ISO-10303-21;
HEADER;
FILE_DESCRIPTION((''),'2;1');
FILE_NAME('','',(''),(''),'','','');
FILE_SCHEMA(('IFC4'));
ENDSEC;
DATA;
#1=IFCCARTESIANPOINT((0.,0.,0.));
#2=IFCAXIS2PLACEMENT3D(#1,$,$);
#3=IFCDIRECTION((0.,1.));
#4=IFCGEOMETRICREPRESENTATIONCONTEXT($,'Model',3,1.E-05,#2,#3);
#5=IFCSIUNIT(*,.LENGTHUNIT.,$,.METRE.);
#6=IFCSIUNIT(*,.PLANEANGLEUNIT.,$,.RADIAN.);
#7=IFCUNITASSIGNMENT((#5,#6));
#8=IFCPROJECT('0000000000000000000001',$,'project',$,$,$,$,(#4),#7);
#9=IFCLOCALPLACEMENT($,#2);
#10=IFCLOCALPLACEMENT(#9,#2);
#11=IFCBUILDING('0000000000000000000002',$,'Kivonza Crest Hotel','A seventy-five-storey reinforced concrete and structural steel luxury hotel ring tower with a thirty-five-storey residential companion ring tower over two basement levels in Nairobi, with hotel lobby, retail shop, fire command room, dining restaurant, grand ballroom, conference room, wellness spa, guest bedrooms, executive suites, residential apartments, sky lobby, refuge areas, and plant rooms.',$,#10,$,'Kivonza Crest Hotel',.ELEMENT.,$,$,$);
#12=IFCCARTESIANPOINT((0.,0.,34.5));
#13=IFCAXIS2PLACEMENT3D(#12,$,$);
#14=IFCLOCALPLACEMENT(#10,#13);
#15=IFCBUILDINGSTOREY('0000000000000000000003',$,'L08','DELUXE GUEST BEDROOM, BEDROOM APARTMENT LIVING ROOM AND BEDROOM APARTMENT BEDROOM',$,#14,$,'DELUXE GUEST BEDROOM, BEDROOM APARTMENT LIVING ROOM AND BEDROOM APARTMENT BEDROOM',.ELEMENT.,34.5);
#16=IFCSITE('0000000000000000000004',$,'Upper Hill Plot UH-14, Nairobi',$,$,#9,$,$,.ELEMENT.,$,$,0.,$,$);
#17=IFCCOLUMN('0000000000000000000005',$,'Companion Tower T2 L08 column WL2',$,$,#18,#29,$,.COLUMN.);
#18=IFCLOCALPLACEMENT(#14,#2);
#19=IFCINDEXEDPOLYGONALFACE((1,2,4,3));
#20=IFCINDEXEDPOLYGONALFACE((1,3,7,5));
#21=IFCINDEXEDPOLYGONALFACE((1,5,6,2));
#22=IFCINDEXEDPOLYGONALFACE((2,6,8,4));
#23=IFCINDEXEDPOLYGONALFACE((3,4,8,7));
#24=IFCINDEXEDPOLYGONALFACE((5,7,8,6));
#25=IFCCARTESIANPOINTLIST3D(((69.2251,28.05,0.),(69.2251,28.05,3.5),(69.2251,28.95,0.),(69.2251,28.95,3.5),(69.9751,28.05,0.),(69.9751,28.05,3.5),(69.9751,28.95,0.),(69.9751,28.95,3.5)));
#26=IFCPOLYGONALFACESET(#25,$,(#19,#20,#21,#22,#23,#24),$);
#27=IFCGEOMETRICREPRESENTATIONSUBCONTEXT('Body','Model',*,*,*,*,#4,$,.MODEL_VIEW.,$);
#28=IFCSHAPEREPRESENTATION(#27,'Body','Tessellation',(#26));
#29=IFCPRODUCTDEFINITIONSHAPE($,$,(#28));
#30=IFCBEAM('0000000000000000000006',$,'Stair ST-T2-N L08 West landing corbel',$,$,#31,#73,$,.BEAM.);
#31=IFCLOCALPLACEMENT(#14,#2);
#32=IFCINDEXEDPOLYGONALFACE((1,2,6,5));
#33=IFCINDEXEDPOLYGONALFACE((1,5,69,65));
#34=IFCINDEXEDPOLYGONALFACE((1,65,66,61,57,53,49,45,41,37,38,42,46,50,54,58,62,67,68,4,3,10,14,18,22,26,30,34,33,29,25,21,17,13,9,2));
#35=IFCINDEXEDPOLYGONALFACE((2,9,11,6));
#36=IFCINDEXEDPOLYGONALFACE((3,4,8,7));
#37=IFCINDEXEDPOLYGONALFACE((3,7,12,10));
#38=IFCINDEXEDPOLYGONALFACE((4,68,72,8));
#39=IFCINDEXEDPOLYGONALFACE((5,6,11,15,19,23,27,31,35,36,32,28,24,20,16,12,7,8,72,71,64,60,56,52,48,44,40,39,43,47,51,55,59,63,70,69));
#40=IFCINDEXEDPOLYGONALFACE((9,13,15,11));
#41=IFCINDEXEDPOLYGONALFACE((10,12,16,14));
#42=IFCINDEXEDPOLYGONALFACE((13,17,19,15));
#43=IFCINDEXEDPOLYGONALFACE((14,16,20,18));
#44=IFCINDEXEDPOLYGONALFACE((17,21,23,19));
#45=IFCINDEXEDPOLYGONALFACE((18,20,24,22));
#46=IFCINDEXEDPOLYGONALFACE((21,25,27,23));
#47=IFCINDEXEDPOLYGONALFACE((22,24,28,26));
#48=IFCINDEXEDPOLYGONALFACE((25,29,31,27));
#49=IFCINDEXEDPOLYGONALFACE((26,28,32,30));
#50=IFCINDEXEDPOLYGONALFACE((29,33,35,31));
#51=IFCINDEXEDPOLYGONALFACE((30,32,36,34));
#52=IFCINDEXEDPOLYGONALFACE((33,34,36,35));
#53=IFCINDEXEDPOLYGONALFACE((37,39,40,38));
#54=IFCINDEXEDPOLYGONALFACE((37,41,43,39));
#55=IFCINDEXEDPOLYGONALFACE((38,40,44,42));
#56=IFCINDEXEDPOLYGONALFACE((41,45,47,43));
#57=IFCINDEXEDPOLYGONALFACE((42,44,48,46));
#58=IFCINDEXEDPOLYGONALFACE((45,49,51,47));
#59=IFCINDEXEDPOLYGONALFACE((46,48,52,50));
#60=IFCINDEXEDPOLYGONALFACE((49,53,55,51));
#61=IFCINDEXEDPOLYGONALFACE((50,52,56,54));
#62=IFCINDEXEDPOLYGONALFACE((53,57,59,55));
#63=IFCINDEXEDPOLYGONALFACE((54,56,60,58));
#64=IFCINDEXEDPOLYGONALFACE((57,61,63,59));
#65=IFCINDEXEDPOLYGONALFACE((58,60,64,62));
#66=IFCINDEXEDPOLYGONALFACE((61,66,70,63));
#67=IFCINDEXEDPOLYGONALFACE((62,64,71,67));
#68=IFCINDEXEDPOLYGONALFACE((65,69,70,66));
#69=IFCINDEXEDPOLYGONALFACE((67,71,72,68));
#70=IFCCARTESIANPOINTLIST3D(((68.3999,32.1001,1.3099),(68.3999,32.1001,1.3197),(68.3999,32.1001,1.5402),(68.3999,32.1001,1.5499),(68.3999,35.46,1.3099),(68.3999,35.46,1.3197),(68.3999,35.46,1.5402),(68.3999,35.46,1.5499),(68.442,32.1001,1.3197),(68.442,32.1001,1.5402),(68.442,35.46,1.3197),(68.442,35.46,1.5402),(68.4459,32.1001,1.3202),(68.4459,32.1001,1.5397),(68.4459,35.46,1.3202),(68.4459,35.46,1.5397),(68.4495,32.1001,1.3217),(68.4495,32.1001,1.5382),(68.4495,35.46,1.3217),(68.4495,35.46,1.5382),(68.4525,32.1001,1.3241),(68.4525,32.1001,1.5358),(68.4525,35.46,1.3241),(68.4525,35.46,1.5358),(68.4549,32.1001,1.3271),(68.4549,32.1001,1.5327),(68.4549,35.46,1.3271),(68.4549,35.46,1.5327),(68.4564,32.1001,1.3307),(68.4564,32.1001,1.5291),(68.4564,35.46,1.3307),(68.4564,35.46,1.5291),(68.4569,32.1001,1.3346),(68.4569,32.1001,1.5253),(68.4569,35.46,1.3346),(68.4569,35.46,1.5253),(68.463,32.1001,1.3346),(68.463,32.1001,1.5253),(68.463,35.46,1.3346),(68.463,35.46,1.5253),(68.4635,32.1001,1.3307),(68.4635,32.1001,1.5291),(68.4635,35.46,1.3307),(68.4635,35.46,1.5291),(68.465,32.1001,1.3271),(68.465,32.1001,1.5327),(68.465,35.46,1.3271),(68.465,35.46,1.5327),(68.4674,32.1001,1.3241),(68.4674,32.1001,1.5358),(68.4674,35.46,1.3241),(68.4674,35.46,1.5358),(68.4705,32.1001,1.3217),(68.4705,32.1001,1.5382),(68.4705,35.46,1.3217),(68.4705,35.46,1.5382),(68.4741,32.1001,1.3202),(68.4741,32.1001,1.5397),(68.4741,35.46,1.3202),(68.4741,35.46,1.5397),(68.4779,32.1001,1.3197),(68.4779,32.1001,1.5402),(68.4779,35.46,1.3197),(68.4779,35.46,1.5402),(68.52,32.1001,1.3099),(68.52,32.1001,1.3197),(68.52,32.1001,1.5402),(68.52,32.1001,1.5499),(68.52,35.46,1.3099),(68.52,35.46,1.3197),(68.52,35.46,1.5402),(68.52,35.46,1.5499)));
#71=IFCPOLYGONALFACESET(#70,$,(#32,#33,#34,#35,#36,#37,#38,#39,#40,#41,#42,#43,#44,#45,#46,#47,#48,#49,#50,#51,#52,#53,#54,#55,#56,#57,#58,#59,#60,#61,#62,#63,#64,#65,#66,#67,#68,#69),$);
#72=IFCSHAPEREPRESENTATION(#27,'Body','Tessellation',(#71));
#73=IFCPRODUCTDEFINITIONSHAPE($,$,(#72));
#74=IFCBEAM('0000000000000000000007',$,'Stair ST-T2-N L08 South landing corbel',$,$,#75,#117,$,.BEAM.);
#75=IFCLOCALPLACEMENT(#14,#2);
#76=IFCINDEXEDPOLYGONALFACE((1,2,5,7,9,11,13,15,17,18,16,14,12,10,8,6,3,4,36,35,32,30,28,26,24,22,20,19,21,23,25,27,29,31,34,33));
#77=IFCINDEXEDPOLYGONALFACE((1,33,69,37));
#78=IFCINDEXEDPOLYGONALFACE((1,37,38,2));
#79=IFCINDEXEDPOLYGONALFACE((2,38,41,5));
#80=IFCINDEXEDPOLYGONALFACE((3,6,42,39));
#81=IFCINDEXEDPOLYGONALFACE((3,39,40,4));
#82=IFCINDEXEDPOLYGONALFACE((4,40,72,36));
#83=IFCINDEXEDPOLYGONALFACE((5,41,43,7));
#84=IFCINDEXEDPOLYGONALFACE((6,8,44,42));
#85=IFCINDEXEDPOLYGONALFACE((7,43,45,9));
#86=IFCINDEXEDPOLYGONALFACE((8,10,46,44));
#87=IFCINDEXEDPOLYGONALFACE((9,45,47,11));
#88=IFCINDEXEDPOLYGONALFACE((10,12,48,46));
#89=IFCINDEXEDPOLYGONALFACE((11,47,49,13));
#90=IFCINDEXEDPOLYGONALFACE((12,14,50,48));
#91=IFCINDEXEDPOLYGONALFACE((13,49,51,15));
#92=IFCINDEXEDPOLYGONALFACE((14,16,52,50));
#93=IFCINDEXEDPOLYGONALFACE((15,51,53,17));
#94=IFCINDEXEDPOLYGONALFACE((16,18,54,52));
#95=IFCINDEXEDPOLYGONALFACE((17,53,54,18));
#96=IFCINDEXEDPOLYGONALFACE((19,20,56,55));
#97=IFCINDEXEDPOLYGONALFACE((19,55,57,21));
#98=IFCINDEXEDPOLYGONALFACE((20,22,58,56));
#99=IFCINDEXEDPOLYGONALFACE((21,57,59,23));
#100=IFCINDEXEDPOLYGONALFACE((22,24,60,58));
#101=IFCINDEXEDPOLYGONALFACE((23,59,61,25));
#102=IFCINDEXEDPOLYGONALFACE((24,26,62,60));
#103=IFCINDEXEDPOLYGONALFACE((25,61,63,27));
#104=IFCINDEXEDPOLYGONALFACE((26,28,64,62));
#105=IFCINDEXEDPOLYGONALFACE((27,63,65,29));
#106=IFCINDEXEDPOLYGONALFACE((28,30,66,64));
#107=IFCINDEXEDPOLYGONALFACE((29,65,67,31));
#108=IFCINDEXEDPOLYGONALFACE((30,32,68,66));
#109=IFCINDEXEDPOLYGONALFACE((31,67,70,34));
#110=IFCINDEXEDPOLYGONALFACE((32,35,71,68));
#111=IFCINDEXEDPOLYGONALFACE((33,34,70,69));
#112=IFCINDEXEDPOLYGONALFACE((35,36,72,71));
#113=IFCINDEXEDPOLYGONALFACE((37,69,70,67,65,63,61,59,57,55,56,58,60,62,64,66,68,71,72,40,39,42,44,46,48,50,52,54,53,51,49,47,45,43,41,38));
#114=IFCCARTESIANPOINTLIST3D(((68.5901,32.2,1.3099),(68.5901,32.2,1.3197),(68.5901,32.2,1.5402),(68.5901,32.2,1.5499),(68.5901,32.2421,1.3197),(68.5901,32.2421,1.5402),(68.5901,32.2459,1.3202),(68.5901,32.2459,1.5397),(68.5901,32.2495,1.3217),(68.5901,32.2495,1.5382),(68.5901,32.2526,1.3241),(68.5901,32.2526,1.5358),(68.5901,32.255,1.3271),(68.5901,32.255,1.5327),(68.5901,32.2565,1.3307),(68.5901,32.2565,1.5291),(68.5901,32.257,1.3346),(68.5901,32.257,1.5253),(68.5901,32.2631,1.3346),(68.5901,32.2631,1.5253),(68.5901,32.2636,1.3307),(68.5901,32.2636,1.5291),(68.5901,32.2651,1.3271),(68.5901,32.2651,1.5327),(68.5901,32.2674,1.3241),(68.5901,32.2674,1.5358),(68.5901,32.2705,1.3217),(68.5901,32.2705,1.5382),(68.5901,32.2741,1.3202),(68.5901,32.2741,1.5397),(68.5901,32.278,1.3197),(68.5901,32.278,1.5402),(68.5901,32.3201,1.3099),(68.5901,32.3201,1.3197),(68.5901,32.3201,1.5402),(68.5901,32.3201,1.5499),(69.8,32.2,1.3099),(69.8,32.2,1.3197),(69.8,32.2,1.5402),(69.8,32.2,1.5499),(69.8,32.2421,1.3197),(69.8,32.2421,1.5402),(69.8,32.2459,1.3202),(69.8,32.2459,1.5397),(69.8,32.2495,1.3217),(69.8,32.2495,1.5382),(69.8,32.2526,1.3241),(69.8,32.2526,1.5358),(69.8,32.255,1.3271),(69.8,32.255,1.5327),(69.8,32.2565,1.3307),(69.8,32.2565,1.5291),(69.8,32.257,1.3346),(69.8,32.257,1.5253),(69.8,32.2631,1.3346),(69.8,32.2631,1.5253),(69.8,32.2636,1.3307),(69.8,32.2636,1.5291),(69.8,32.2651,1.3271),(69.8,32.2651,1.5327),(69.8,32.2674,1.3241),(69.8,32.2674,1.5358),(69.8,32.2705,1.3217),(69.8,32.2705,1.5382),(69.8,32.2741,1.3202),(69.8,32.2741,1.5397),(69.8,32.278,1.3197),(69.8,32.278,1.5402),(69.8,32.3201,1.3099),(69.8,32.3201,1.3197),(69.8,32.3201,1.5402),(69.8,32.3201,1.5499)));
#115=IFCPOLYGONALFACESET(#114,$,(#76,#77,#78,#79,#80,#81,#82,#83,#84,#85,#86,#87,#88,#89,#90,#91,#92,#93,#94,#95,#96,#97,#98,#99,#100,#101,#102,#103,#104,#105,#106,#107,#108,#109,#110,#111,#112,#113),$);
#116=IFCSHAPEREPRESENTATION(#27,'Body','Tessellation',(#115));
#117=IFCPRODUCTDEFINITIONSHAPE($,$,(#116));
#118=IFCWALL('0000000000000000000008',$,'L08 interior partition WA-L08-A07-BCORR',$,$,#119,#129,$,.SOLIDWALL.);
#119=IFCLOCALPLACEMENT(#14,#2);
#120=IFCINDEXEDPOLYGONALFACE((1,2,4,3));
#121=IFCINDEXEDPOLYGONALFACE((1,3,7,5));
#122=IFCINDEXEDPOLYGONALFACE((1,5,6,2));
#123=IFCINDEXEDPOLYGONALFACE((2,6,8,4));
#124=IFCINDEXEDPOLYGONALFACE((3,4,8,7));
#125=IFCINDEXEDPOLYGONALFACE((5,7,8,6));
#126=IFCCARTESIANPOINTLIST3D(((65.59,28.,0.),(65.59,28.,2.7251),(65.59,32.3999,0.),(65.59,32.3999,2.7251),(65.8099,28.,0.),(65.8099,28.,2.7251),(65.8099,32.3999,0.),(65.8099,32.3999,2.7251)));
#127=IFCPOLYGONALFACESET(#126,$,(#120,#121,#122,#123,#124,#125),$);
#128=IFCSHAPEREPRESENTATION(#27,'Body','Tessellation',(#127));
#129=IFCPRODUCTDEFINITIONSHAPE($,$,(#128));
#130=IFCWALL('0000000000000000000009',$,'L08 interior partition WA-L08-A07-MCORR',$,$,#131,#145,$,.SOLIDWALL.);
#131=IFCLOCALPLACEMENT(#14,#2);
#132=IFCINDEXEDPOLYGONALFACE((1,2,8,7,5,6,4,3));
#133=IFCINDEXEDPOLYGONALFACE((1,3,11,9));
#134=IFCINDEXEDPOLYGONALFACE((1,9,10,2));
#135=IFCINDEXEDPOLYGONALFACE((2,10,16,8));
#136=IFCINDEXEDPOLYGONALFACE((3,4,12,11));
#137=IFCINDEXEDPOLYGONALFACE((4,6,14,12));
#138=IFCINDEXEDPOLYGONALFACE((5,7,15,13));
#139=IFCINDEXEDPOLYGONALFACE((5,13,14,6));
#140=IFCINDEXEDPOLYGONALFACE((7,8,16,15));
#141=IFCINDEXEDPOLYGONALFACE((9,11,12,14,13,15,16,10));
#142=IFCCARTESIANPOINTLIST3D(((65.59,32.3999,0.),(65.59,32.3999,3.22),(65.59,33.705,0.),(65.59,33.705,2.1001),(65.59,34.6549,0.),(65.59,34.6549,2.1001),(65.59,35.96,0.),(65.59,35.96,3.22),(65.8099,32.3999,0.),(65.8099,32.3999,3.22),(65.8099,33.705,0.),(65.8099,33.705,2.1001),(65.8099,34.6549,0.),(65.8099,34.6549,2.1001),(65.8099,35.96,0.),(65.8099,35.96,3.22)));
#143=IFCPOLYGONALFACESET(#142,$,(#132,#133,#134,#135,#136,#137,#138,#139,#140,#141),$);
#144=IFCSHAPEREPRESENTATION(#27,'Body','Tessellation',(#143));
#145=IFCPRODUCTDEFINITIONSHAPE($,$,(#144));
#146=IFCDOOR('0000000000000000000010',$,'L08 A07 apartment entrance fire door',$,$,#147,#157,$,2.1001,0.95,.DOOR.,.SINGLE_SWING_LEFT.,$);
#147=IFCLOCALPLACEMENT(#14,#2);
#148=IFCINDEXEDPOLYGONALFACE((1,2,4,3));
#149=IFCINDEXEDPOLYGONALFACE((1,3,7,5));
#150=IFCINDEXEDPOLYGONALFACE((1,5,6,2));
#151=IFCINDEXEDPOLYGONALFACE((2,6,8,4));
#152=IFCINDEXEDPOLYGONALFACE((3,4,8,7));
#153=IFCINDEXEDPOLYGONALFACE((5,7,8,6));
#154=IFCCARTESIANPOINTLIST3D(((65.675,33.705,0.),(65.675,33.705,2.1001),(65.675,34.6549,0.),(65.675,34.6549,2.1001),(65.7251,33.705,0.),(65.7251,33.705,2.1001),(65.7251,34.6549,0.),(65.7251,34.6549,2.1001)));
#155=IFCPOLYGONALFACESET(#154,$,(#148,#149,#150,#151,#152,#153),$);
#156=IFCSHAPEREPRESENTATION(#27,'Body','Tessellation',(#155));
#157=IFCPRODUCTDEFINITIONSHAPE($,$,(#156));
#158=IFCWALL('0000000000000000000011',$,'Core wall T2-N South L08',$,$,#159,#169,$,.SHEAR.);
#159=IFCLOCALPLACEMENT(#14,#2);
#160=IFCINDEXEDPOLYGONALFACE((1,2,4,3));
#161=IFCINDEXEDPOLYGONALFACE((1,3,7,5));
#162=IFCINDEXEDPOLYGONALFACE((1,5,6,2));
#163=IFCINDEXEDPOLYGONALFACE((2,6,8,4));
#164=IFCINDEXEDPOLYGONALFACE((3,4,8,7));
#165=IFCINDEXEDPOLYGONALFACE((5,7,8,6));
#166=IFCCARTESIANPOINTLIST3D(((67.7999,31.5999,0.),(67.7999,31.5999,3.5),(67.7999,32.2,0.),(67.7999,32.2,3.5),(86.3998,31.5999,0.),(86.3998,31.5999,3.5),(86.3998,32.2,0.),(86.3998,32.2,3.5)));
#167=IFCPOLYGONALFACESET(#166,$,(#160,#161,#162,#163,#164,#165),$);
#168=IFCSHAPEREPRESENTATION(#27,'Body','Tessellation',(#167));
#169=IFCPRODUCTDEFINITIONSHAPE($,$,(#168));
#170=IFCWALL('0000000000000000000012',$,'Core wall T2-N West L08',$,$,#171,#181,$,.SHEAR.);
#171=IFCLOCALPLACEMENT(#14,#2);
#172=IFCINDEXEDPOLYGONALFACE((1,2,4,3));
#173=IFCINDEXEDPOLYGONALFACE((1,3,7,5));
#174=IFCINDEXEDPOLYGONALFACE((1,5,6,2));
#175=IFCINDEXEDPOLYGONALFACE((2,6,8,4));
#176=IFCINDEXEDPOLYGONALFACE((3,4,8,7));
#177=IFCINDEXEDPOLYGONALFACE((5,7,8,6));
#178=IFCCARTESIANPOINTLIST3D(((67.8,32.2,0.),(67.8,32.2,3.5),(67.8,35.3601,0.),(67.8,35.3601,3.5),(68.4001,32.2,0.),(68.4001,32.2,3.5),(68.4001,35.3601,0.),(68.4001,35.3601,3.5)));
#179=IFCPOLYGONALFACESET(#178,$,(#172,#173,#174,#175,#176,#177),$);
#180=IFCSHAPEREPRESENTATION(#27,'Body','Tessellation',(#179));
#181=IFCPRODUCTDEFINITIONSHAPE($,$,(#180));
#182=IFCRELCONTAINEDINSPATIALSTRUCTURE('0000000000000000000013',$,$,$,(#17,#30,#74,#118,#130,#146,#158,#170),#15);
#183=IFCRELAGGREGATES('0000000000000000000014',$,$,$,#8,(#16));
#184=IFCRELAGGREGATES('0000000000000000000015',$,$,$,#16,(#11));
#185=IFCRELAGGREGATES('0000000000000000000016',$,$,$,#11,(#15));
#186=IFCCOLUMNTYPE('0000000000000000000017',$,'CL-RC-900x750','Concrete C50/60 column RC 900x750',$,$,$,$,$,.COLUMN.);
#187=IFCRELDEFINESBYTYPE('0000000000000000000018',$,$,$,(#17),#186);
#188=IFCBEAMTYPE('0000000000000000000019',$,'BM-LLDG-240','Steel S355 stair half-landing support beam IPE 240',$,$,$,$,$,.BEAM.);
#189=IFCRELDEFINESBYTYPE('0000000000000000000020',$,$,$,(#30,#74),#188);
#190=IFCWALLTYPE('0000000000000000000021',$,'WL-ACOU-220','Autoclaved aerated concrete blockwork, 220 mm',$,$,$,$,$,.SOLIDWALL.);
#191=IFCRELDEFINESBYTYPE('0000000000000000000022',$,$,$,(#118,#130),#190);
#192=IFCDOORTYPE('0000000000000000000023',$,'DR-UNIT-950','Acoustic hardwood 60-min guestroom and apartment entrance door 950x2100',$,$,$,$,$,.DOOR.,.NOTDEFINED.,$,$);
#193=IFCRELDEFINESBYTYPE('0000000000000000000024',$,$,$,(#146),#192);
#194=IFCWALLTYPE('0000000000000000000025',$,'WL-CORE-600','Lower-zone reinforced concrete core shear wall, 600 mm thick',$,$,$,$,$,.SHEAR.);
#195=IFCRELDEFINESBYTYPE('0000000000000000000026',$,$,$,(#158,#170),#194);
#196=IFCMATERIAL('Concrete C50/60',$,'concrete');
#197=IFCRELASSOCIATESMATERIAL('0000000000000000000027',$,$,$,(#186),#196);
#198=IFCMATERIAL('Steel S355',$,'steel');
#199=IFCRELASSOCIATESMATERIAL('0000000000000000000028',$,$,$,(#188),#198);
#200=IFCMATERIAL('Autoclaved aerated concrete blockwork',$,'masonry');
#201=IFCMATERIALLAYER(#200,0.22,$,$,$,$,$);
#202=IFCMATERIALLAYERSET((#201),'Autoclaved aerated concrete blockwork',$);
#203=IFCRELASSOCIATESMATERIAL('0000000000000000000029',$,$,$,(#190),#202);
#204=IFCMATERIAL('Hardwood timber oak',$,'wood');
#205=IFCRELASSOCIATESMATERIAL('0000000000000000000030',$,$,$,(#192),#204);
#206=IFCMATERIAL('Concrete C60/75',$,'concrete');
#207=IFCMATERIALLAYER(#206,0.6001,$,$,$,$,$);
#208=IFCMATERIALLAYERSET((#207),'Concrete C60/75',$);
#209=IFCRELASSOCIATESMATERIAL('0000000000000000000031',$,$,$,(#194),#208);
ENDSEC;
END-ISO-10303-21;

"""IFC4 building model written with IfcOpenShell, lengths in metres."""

from ifc_helpers import new_model, si_unit, direction, frame, frame_2d, origin, origin_2d, place, context, subcontext, project, spatial, rectangle, i_section, extrude, material, layer, layer_set, material_profile, profile_set, type_object, element, fill, save


model = new_model("IFC4")

# Units and contexts
model_context = context("Model", 3, precision=1e-05, world=origin(), true_north=direction((0.0, 1.0)))
body_context = subcontext(model_context, "Body", "Model", "MODEL_VIEW")
ifc_project = project(units=[si_unit("LENGTHUNIT", "METRE"), si_unit("PLANEANGLEUNIT", "RADIAN")], contexts=[model_context])

# Site, building, storey
site_placement = place(None, origin())
site = spatial("IfcSite", under=ifc_project, at=site_placement, Name="Upper Hill Plot UH-14, Nairobi", CompositionType="ELEMENT", RefElevation=0.0)
building_placement = place(site_placement, origin())
building = spatial("IfcBuilding", under=site, at=building_placement, Name="Kivonza Crest Hotel", Description="A seventy-five-storey reinforced concrete and structural steel luxury hotel ring tower with a thirty-five-storey residential companion ring tower over two basement levels in Nairobi, with hotel lobby, retail shop, fire command room, dining restaurant, grand ballroom, conference room, wellness spa, guest bedrooms, executive suites, residential apartments, sky lobby, refuge areas, and plant rooms.", LongName="Kivonza Crest Hotel", CompositionType="ELEMENT")
storey_placement = place(building_placement, frame((0.0, 0.0, 34.5)))
storey = spatial("IfcBuildingStorey", under=building, at=storey_placement, Name="L08", Description="DELUXE GUEST BEDROOM, BEDROOM APARTMENT LIVING ROOM AND BEDROOM APARTMENT BEDROOM", LongName="DELUXE GUEST BEDROOM, BEDROOM APARTMENT LIVING ROOM AND BEDROOM APARTMENT BEDROOM", CompositionType="ELEMENT", Elevation=34.5)

# Column
ifc_material_1 = material(Name="Concrete C50/60", Category="concrete")
ifc_material_profile_1 = material_profile(ifc_material_1, rectangle(XDim=0.75, YDim=0.8999, at=origin_2d()), Name="RC 900x750")
ifc_profile_set_1 = profile_set([ifc_material_profile_1], Name="Concrete C50/60")
column_type = type_object("IfcColumnType", Name="CL-RC-900x750", Description="Concrete C50/60 column RC 900x750", PredefinedType="COLUMN", material=ifc_profile_set_1)
column_placement = place(storey_placement, frame((69.6001, 28.5, 0.0), z_axis=(0.0, 0.0, 1.0), x_axis=(1.0, 0.0, 0.0)))
element("IfcColumn", 1, at=column_placement, inside=storey, type_object=column_type, Name="Companion Tower T2 L08 column WL2", PredefinedType="COLUMN", context=body_context, shape_type="SweptSolid", body=[
    extrude(rectangle(XDim=0.75, YDim=0.8999, at=origin_2d()), origin(), (0.0, 0.0, 1.0), 3.5),
])

# Beams
ifc_material_2 = material(Name="Steel S355", Category="steel")
ifc_material_profile_2 = material_profile(ifc_material_2, i_section(OverallWidth=0.1201, OverallDepth=0.24, WebThickness=0.0061, FlangeThickness=0.0098, FilletRadius=0.0149, at=origin_2d()), Name="IPE 240")
ifc_profile_set_2 = profile_set([ifc_material_profile_2], Name="Steel S355")
beam_type = type_object("IfcBeamType", Name="BM-LLDG-240", Description="Steel S355 stair half-landing support beam IPE 240", PredefinedType="BEAM", material=ifc_profile_set_2)
beam_1_placement = place(storey_placement, frame((68.46, 32.1001, 1.4299), z_axis=(0.0, 1.0, 0.0), x_axis=(-1.0, 0.0, 0.0)))
element("IfcBeam", 2, at=beam_1_placement, inside=storey, type_object=beam_type, Name="Stair ST-T2-N L08 West landing corbel", PredefinedType="BEAM", context=body_context, shape_type="SweptSolid", body=[
    extrude(i_section(OverallWidth=0.1201, OverallDepth=0.24, WebThickness=0.0061, FlangeThickness=0.0098, FilletRadius=0.0149, at=origin_2d()), origin(), (0.0, 0.0, 1.0), 3.3599),
])
beam_2_placement = place(storey_placement, frame((68.5901, 32.26, 1.4299), z_axis=(1.0, 0.0, 0.0), x_axis=(0.0, 1.0, 0.0)))
element("IfcBeam", 3, at=beam_2_placement, inside=storey, type_object=beam_type, Name="Stair ST-T2-N L08 South landing corbel", PredefinedType="BEAM", context=body_context, shape_type="SweptSolid", body=[
    extrude(i_section(OverallWidth=0.1201, OverallDepth=0.24, WebThickness=0.0061, FlangeThickness=0.0098, FilletRadius=0.0149, at=origin_2d()), origin(), (0.0, 0.0, 1.0), 1.21),
])

# Wall
ifc_material_3 = material(Name="Autoclaved aerated concrete blockwork", Category="masonry")
ifc_layer_1 = layer(ifc_material_3, 0.22)
ifc_layer_set_1 = layer_set([ifc_layer_1], Name="Autoclaved aerated concrete blockwork")
wall_type_1 = type_object("IfcWallType", Name="WL-ACOU-220", Description="Autoclaved aerated concrete blockwork, 220 mm", PredefinedType="SOLIDWALL", material=ifc_layer_set_1)
wall_1_placement = place(storey_placement, frame((65.7, 28.0, 0.0), z_axis=(0.0, 0.0, 1.0), x_axis=(0.0, 1.0, 0.0)))
element("IfcWall", 4, at=wall_1_placement, inside=storey, type_object=wall_type_1, Name="L08 interior partition WA-L08-A07-BCORR", PredefinedType="SOLIDWALL", context=body_context, shape_type="SweptSolid", body=[
    extrude(rectangle(XDim=4.3999, YDim=0.22, at=frame_2d((2.2, 0.0))), origin(), (0.0, 0.0, 1.0), 2.7251),
])

# Wall, opening, door
wall_2_placement = place(storey_placement, frame((65.7, 32.3999, 0.0), z_axis=(0.0, 0.0, 1.0), x_axis=(0.0, 1.0, 0.0)))
wall_2 = element("IfcWall", 5, at=wall_2_placement, inside=storey, type_object=wall_type_1, Name="L08 interior partition WA-L08-A07-MCORR", PredefinedType="SOLIDWALL", context=body_context, shape_type="SweptSolid", body=[
    extrude(rectangle(XDim=3.5601, YDim=0.22, at=frame_2d((1.78, 0.0))), origin(), (0.0, 0.0, 1.0), 3.22),
])
opening_1_placement = place(wall_2_placement, frame((1.3049, 0.0, 0.0)))
opening_1 = element("IfcOpeningElement", 6, at=opening_1_placement, cuts=wall_2, PredefinedType="OPENING", context=body_context, shape_type="SweptSolid", body=[
    extrude(rectangle(XDim=0.95, YDim=2.1001, at=frame_2d((0.4751, 1.05))), frame((0.0, 0.1201, 0.0), z_axis=(0.0, -1.0, 0.0), x_axis=(1.0, 0.0, 0.0)), (0.0, 0.0, 1.0), 0.24),
])
ifc_material_4 = material(Name="Hardwood timber oak", Category="wood")
door_type_1 = type_object("IfcDoorType", Name="DR-UNIT-950", Description="Acoustic hardwood 60-min guestroom and apartment entrance door 950x2100", OperationType="NOTDEFINED", PredefinedType="DOOR", material=ifc_material_4)
door_1_placement = place(opening_1_placement, origin())
door_1 = element("IfcDoor", 7, at=door_1_placement, inside=storey, type_object=door_type_1, Name="L08 A07 apartment entrance fire door", OperationType="SINGLE_SWING_LEFT", OverallHeight=2.1001, OverallWidth=0.95, PredefinedType="DOOR", context=body_context, shape_type="SweptSolid", body=[
    extrude(rectangle(XDim=0.95, YDim=2.1001, at=frame_2d((0.4751, 1.05))), frame((0.0, 0.0249, 0.0), z_axis=(0.0, -1.0, 0.0), x_axis=(1.0, 0.0, 0.0)), (0.0, 0.0, 1.0), 0.05),
])
fill(opening_1, door_1)

# Walls
ifc_material_5 = material(Name="Concrete C60/75", Category="concrete")
ifc_layer_2 = layer(ifc_material_5, 0.6001)
ifc_layer_set_2 = layer_set([ifc_layer_2], Name="Concrete C60/75")
wall_type_2 = type_object("IfcWallType", Name="WL-CORE-600", Description="Lower-zone reinforced concrete core shear wall, 600 mm thick", PredefinedType="SHEAR", material=ifc_layer_set_2)
wall_3_placement = place(storey_placement, frame((67.8, 31.8999, 0.0), z_axis=(0.0, 0.0, 1.0), x_axis=(1.0, 0.0, 0.0)))
element("IfcWall", 8, at=wall_3_placement, inside=storey, type_object=wall_type_2, Name="Core wall T2-N South L08", PredefinedType="SHEAR", context=body_context, shape_type="SweptSolid", body=[
    extrude(rectangle(XDim=18.5999, YDim=0.6001, at=frame_2d((9.2998, 0.0))), origin(), (0.0, 0.0, 1.0), 3.5),
])
wall_4_placement = place(storey_placement, frame((68.1001, 32.2, 0.0), z_axis=(0.0, 0.0, 1.0), x_axis=(0.0, 1.0, 0.0)))
element("IfcWall", 9, at=wall_4_placement, inside=storey, type_object=wall_type_2, Name="Core wall T2-N West L08", PredefinedType="SHEAR", context=body_context, shape_type="SweptSolid", body=[
    extrude(rectangle(XDim=3.1602, YDim=0.6001, at=frame_2d((1.5801, 0.0))), origin(), (0.0, 0.0, 1.0), 3.5),
])

save(model, "model.ifc")
